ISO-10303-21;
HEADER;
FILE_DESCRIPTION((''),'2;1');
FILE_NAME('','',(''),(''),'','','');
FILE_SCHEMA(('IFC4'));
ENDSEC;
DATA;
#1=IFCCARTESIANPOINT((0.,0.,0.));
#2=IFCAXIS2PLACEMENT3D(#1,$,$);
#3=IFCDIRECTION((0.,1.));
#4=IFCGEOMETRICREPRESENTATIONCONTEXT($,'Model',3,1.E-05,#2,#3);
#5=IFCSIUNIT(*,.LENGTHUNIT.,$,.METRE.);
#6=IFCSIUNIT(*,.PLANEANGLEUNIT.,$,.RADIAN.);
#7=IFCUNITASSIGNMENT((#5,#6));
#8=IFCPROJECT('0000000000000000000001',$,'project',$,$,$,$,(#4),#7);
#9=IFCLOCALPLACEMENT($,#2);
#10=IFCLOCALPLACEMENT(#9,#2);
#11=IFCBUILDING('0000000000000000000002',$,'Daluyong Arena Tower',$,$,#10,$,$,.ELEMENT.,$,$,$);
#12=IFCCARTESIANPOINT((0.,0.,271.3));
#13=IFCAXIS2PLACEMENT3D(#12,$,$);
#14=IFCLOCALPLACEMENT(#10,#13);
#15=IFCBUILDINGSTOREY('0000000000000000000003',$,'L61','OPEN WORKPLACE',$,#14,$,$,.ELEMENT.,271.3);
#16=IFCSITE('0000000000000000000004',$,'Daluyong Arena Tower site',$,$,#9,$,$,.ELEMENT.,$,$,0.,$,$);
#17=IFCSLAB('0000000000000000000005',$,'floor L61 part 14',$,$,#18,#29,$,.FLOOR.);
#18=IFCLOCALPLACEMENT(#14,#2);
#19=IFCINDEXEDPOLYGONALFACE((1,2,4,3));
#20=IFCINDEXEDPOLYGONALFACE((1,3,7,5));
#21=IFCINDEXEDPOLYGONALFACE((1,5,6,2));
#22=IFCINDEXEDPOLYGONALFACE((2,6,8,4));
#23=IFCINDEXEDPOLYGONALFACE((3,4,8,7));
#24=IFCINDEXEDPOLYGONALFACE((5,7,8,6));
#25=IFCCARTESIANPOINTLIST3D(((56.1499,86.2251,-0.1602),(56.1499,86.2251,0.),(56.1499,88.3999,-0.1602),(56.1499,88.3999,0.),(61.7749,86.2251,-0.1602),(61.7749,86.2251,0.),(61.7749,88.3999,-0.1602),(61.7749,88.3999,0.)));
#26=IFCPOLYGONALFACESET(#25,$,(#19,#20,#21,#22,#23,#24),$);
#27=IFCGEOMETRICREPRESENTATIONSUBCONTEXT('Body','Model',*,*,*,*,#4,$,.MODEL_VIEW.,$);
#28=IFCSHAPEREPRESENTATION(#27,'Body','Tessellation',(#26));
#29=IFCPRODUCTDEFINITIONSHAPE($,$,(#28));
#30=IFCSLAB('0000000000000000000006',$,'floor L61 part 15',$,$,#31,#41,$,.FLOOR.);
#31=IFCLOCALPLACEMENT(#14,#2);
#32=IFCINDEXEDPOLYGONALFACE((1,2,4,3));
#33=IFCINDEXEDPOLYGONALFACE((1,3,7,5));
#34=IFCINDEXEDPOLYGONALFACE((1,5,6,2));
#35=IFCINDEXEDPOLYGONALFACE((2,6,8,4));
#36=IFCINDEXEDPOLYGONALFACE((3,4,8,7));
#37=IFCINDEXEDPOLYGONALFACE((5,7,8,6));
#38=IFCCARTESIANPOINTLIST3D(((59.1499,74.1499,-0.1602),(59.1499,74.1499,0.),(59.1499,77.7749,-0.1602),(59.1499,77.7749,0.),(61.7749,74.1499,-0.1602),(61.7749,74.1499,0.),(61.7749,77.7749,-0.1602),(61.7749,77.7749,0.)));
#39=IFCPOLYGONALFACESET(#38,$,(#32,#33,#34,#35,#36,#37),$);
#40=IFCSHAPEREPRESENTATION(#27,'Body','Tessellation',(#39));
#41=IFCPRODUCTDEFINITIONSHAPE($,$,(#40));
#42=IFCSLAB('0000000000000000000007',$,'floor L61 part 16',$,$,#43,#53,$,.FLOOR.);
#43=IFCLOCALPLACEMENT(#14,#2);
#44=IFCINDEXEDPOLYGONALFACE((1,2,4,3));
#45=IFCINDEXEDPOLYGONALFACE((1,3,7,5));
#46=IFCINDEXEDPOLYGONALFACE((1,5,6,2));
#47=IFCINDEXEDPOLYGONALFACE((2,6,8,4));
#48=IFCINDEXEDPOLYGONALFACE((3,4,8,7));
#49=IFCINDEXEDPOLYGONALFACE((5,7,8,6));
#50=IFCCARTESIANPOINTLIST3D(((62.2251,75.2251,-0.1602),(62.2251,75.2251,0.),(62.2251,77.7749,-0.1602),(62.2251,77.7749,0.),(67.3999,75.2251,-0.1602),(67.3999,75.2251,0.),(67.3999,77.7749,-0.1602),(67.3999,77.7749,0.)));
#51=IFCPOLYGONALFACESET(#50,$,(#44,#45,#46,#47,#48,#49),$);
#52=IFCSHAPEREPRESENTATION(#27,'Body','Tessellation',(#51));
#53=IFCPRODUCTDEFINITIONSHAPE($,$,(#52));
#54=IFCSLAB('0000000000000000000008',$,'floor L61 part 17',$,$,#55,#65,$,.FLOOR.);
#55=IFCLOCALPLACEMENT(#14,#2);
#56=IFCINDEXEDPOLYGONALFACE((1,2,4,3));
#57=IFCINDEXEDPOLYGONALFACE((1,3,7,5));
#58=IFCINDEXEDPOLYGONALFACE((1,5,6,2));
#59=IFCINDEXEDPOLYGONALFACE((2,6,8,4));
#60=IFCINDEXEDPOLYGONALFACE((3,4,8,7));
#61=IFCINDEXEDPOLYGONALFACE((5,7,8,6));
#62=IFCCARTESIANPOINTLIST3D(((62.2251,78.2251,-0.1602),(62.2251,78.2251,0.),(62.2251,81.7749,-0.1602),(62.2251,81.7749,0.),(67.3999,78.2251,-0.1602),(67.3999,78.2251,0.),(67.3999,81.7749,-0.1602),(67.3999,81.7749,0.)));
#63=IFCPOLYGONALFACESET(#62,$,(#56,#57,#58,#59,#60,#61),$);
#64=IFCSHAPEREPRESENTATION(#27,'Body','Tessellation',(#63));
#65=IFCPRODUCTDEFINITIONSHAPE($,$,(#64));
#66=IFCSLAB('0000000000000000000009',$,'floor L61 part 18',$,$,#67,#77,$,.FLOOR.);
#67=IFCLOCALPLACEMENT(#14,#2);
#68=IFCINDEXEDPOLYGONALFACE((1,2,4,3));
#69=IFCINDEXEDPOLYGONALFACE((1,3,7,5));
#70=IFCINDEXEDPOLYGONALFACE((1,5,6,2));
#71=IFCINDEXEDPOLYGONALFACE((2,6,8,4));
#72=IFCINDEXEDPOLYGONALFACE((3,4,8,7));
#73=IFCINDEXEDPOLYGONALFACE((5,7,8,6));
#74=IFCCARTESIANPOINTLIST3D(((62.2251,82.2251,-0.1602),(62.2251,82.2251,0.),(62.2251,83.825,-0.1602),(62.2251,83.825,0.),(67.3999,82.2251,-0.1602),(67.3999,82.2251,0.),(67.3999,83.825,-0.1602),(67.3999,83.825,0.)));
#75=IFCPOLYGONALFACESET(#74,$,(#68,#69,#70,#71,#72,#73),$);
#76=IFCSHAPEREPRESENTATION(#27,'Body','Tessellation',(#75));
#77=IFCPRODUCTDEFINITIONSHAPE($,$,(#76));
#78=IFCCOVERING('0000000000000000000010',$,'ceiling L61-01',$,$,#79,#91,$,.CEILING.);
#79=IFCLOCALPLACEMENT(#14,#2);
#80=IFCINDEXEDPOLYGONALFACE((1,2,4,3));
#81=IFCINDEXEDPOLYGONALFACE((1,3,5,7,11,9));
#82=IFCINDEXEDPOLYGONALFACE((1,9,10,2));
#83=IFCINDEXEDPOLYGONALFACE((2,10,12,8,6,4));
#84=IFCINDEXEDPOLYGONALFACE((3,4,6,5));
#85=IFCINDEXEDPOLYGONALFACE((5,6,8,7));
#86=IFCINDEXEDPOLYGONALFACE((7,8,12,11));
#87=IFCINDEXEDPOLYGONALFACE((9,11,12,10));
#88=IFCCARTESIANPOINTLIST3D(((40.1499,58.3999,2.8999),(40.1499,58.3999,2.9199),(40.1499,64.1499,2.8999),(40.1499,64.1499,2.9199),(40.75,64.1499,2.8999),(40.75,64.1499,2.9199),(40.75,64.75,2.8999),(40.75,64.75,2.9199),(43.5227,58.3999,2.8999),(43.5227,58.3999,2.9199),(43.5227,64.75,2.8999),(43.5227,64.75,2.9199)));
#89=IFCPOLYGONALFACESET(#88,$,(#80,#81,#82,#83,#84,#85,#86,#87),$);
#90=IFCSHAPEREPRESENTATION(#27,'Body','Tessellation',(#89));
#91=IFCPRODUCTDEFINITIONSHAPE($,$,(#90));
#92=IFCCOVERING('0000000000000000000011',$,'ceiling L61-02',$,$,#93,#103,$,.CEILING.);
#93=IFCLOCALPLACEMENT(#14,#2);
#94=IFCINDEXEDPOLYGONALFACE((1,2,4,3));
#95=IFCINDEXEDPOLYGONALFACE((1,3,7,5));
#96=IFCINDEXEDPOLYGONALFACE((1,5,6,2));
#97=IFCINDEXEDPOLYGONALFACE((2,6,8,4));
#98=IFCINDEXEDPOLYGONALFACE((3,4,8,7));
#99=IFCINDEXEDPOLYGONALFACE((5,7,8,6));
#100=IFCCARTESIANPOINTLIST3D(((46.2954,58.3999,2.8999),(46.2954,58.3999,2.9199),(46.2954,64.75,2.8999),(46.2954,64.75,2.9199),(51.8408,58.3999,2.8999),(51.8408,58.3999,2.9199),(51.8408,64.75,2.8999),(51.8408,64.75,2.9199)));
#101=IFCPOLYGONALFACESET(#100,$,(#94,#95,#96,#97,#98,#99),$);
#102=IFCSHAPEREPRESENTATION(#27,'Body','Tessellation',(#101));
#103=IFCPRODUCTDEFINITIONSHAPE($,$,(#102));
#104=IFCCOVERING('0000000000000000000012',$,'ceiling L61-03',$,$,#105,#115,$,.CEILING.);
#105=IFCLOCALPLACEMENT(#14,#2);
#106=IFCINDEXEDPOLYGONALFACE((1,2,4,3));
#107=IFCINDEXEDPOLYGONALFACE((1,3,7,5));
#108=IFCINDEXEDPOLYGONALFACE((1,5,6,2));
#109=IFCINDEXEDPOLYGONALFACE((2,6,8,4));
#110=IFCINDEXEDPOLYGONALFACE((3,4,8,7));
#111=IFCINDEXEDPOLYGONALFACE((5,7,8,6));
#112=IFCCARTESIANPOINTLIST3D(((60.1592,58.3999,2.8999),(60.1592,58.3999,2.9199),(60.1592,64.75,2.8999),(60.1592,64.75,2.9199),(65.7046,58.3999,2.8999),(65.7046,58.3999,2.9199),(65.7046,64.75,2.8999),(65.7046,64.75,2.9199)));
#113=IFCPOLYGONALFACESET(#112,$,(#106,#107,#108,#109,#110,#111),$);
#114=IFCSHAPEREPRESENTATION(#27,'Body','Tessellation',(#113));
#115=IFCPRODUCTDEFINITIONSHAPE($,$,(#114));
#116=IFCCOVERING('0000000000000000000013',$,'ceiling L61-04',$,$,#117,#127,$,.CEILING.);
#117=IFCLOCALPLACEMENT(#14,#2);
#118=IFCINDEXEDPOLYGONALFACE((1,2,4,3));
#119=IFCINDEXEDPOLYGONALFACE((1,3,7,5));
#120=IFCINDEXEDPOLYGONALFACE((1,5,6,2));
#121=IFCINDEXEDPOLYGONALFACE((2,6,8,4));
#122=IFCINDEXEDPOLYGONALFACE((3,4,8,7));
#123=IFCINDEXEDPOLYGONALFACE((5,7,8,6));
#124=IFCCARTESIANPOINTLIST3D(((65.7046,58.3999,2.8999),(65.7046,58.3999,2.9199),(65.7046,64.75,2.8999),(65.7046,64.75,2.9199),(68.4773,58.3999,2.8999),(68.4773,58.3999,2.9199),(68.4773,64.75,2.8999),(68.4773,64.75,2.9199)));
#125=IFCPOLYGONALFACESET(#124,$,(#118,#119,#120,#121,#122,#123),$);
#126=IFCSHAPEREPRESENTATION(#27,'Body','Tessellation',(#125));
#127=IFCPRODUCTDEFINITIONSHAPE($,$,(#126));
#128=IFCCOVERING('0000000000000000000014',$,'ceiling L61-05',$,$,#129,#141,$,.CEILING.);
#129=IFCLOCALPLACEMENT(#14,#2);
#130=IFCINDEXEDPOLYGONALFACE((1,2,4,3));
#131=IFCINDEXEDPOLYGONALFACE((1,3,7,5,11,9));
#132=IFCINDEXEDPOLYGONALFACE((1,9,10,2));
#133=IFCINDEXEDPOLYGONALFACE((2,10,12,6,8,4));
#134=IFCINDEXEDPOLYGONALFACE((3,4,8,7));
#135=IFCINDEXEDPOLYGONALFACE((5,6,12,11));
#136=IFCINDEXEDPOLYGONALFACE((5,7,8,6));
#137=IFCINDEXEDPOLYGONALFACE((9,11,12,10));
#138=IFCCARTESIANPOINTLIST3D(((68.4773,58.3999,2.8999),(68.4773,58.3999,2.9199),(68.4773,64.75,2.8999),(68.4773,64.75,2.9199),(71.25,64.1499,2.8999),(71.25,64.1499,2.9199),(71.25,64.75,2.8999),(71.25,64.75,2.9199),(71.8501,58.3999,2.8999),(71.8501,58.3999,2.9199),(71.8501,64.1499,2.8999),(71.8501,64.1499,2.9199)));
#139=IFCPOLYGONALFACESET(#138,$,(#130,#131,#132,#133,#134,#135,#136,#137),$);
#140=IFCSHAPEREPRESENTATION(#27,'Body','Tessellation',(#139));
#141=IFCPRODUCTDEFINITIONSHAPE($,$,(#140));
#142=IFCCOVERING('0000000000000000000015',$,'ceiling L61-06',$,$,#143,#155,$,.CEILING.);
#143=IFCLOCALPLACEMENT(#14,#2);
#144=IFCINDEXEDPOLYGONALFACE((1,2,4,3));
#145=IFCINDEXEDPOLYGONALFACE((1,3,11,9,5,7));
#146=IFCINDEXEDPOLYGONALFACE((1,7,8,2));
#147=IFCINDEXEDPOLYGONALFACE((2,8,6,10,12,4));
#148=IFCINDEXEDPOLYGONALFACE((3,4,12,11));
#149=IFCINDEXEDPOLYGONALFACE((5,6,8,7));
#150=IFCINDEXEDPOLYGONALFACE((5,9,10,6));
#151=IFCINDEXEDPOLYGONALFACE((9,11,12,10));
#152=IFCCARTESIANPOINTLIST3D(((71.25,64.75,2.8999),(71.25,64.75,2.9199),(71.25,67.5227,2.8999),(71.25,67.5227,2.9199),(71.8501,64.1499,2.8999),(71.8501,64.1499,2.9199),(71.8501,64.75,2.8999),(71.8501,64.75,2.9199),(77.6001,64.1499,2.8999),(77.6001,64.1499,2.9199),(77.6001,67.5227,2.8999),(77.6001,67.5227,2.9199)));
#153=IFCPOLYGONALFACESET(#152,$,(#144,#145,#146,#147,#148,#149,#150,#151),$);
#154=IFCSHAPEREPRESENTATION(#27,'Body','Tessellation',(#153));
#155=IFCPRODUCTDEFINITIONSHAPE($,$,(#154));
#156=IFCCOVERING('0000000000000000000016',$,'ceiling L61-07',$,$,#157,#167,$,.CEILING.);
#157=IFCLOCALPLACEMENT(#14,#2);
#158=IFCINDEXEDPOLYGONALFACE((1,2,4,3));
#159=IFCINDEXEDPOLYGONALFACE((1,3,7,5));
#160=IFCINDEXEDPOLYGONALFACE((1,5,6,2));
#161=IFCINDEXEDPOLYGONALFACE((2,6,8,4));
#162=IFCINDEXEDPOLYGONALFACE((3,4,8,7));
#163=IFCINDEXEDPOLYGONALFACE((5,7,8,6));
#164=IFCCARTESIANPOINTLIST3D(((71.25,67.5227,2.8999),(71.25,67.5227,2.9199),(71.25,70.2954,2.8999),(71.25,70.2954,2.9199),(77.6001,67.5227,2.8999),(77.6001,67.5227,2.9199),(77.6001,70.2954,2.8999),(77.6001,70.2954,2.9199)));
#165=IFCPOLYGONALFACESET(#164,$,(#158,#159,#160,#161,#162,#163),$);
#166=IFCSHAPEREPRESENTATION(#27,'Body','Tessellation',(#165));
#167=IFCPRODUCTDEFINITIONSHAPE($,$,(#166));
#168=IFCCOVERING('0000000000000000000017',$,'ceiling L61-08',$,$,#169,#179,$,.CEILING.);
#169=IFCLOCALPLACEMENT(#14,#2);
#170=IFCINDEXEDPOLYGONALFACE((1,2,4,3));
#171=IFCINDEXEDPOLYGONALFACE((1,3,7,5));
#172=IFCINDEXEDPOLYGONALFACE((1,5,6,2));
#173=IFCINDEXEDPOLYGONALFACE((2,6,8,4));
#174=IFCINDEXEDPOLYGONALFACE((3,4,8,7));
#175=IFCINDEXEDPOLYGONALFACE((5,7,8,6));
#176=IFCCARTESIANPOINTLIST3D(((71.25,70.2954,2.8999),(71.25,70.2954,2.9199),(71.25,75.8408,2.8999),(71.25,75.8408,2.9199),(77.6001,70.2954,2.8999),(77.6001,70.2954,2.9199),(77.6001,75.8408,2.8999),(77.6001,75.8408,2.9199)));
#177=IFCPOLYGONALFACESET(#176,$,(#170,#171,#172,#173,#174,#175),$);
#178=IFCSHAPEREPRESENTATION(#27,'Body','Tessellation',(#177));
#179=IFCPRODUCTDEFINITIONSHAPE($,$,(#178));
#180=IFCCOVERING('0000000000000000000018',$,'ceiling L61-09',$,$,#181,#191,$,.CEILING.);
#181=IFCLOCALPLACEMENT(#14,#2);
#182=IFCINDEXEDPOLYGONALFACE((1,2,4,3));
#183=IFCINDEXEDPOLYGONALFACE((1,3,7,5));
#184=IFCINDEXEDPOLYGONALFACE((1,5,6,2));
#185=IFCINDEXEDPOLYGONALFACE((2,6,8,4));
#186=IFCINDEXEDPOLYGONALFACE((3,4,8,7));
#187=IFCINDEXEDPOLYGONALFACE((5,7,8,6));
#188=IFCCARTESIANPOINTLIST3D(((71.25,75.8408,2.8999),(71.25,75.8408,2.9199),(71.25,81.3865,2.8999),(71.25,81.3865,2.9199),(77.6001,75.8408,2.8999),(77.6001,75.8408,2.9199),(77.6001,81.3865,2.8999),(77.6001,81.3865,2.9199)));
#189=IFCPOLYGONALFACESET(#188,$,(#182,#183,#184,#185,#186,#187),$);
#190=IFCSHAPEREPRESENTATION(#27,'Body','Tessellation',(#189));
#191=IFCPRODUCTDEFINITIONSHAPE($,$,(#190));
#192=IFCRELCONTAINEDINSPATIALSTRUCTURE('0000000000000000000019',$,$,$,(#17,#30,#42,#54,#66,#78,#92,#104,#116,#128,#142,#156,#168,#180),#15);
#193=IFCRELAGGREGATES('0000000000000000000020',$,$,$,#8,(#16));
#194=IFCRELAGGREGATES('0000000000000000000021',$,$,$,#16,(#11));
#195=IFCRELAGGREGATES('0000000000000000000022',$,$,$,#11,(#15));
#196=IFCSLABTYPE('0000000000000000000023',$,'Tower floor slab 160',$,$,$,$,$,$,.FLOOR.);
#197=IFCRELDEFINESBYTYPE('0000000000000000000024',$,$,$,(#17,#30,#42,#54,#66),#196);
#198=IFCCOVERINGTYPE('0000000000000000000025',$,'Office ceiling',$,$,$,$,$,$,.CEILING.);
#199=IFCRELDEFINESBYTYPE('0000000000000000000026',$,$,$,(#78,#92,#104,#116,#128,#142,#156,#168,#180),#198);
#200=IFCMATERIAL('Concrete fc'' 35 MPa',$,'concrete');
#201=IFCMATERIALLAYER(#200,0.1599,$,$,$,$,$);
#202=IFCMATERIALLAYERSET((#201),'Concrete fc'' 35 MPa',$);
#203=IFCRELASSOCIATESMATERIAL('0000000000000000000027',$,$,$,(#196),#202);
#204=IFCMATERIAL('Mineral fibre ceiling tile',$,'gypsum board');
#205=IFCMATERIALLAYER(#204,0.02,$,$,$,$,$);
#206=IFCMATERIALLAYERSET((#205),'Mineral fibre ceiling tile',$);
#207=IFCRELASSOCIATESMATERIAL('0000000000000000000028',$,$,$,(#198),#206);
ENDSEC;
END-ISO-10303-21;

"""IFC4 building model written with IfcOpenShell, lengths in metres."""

from ifc_helpers import new_model, si_unit, direction, frame, origin, place, context, subcontext, project, spatial, polyline, outline, extrude, material, layer, layer_set, type_object, element, save


model = new_model("IFC4")

# Units and contexts
model_context = context("Model", 3, precision=1e-05, world=origin(), true_north=direction((0.0, 1.0)))
body_context = subcontext(model_context, "Body", "Model", "MODEL_VIEW")
ifc_project = project(units=[si_unit("LENGTHUNIT", "METRE"), si_unit("PLANEANGLEUNIT", "RADIAN")], contexts=[model_context])

# Site, building, storey
site_placement = place(None, origin())
site = spatial("IfcSite", under=ifc_project, at=site_placement, Name="Daluyong Arena Tower site", CompositionType="ELEMENT", RefElevation=0.0)
building_placement = place(site_placement, origin())
building = spatial("IfcBuilding", under=site, at=building_placement, Name="Daluyong Arena Tower", CompositionType="ELEMENT")
storey_placement = place(building_placement, frame((0.0, 0.0, 271.3)))
storey = spatial("IfcBuildingStorey", under=building, at=storey_placement, Name="L61", Description="OPEN WORKPLACE", CompositionType="ELEMENT", Elevation=271.3)

# Slabs
ifc_material_1 = material(Name="Concrete fc' 35 MPa", Category="concrete")
ifc_layer_1 = layer(ifc_material_1, 0.1599)
ifc_layer_set_1 = layer_set([ifc_layer_1], Name="Concrete fc' 35 MPa")
slab_type = type_object("IfcSlabType", Name="Tower floor slab 160", PredefinedType="FLOOR", material=ifc_layer_set_1)
slab_1_placement = place(storey_placement, frame((0.0, 0.0, -0.1602)))
element("IfcSlab", 1, at=slab_1_placement, inside=storey, type_object=slab_type, Name="floor L61 part 14", PredefinedType="FLOOR", context=body_context, shape_type="SweptSolid", body=[
    extrude(outline(polyline([(56.1499, 88.3999), (56.1499, 86.2251), (61.7749, 86.2251), (61.7749, 88.3999), (56.1499, 88.3999)])), origin(), (0.0, 0.0, 1.0), 0.1602),
])
slab_2_placement = place(storey_placement, frame((0.0, 0.0, -0.1602)))
element("IfcSlab", 2, at=slab_2_placement, inside=storey, type_object=slab_type, Name="floor L61 part 15", PredefinedType="FLOOR", context=body_context, shape_type="SweptSolid", body=[
    extrude(outline(polyline([(61.7749, 77.7749), (59.1499, 77.7749), (59.1499, 74.1499), (61.7749, 74.1499), (61.7749, 77.7749)])), origin(), (0.0, 0.0, 1.0), 0.1602),
])
slab_3_placement = place(storey_placement, frame((0.0, 0.0, -0.1602)))
element("IfcSlab", 3, at=slab_3_placement, inside=storey, type_object=slab_type, Name="floor L61 part 16", PredefinedType="FLOOR", context=body_context, shape_type="SweptSolid", body=[
    extrude(outline(polyline([(67.3999, 75.2251), (67.3999, 77.7749), (62.2251, 77.7749), (62.2251, 75.2251), (67.3999, 75.2251)])), origin(), (0.0, 0.0, 1.0), 0.1602),
])
slab_4_placement = place(storey_placement, frame((0.0, 0.0, -0.1602)))
element("IfcSlab", 4, at=slab_4_placement, inside=storey, type_object=slab_type, Name="floor L61 part 17", PredefinedType="FLOOR", context=body_context, shape_type="SweptSolid", body=[
    extrude(outline(polyline([(67.3999, 78.2251), (67.3999, 81.7749), (62.2251, 81.7749), (62.2251, 78.2251), (67.3999, 78.2251)])), origin(), (0.0, 0.0, 1.0), 0.1602),
])
slab_5_placement = place(storey_placement, frame((0.0, 0.0, -0.1602)))
element("IfcSlab", 5, at=slab_5_placement, inside=storey, type_object=slab_type, Name="floor L61 part 18", PredefinedType="FLOOR", context=body_context, shape_type="SweptSolid", body=[
    extrude(outline(polyline([(67.3999, 83.825), (62.2251, 83.825), (62.2251, 82.2251), (67.3999, 82.2251), (67.3999, 83.825)])), origin(), (0.0, 0.0, 1.0), 0.1602),
])

# Coverings
ifc_material_2 = material(Name="Mineral fibre ceiling tile", Category="gypsum board")
ifc_layer_2 = layer(ifc_material_2, 0.02)
ifc_layer_set_2 = layer_set([ifc_layer_2], Name="Mineral fibre ceiling tile")
covering_type = type_object("IfcCoveringType", Name="Office ceiling", PredefinedType="CEILING", material=ifc_layer_set_2)
covering_1_placement = place(storey_placement, frame((0.0, 0.0, 2.8999)))
element("IfcCovering", 6, at=covering_1_placement, inside=storey, type_object=covering_type, Name="ceiling L61-01", PredefinedType="CEILING", context=body_context, shape_type="SweptSolid", body=[
    extrude(outline(polyline([(40.1499, 64.1499), (40.1499, 58.3999), (43.5227, 58.3999), (43.5227, 64.75), (40.75, 64.75), (40.75, 64.1499), (40.1499, 64.1499)])), origin(), (0.0, 0.0, 1.0), 0.02),
])
covering_2_placement = place(storey_placement, frame((0.0, 0.0, 2.8999)))
element("IfcCovering", 7, at=covering_2_placement, inside=storey, type_object=covering_type, Name="ceiling L61-02", PredefinedType="CEILING", context=body_context, shape_type="SweptSolid", body=[
    extrude(outline(polyline([(46.2954, 64.75), (46.2954, 58.3999), (51.8408, 58.3999), (51.8408, 64.75), (46.2954, 64.75)])), origin(), (0.0, 0.0, 1.0), 0.02),
])
covering_3_placement = place(storey_placement, frame((0.0, 0.0, 2.8999)))
element("IfcCovering", 8, at=covering_3_placement, inside=storey, type_object=covering_type, Name="ceiling L61-03", PredefinedType="CEILING", context=body_context, shape_type="SweptSolid", body=[
    extrude(outline(polyline([(60.1592, 64.75), (60.1592, 58.3999), (65.7046, 58.3999), (65.7046, 64.75), (60.1592, 64.75)])), origin(), (0.0, 0.0, 1.0), 0.02),
])
covering_4_placement = place(storey_placement, frame((0.0, 0.0, 2.8999)))
element("IfcCovering", 9, at=covering_4_placement, inside=storey, type_object=covering_type, Name="ceiling L61-04", PredefinedType="CEILING", context=body_context, shape_type="SweptSolid", body=[
    extrude(outline(polyline([(65.7046, 64.75), (65.7046, 58.3999), (68.4773, 58.3999), (68.4773, 64.75), (65.7046, 64.75)])), origin(), (0.0, 0.0, 1.0), 0.02),
])
covering_5_placement = place(storey_placement, frame((0.0, 0.0, 2.8999)))
element("IfcCovering", 10, at=covering_5_placement, inside=storey, type_object=covering_type, Name="ceiling L61-05", PredefinedType="CEILING", context=body_context, shape_type="SweptSolid", body=[
    extrude(outline(polyline([(71.8501, 58.3999), (71.8501, 64.1499), (71.25, 64.1499), (71.25, 64.75), (68.4773, 64.75), (68.4773, 58.3999), (71.8501, 58.3999)])), origin(), (0.0, 0.0, 1.0), 0.02),
])
covering_6_placement = place(storey_placement, frame((0.0, 0.0, 2.8999)))
element("IfcCovering", 11, at=covering_6_placement, inside=storey, type_object=covering_type, Name="ceiling L61-06", PredefinedType="CEILING", context=body_context, shape_type="SweptSolid", body=[
    extrude(outline(polyline([(71.8501, 64.1499), (77.6001, 64.1499), (77.6001, 67.5227), (71.25, 67.5227), (71.25, 64.75), (71.8501, 64.75), (71.8501, 64.1499)])), origin(), (0.0, 0.0, 1.0), 0.02),
])
covering_7_placement = place(storey_placement, frame((0.0, 0.0, 2.8999)))
element("IfcCovering", 12, at=covering_7_placement, inside=storey, type_object=covering_type, Name="ceiling L61-07", PredefinedType="CEILING", context=body_context, shape_type="SweptSolid", body=[
    extrude(outline(polyline([(71.25, 67.5227), (77.6001, 67.5227), (77.6001, 70.2954), (71.25, 70.2954), (71.25, 67.5227)])), origin(), (0.0, 0.0, 1.0), 0.02),
])
covering_8_placement = place(storey_placement, frame((0.0, 0.0, 2.8999)))
element("IfcCovering", 13, at=covering_8_placement, inside=storey, type_object=covering_type, Name="ceiling L61-08", PredefinedType="CEILING", context=body_context, shape_type="SweptSolid", body=[
    extrude(outline(polyline([(71.25, 70.2954), (77.6001, 70.2954), (77.6001, 75.8408), (71.25, 75.8408), (71.25, 70.2954)])), origin(), (0.0, 0.0, 1.0), 0.02),
])
covering_9_placement = place(storey_placement, frame((0.0, 0.0, 2.8999)))
element("IfcCovering", 14, at=covering_9_placement, inside=storey, type_object=covering_type, Name="ceiling L61-09", PredefinedType="CEILING", context=body_context, shape_type="SweptSolid", body=[
    extrude(outline(polyline([(71.25, 75.8408), (77.6001, 75.8408), (77.6001, 81.3865), (71.25, 81.3865), (71.25, 75.8408)])), origin(), (0.0, 0.0, 1.0), 0.02),
])

save(model, "model.ifc")
